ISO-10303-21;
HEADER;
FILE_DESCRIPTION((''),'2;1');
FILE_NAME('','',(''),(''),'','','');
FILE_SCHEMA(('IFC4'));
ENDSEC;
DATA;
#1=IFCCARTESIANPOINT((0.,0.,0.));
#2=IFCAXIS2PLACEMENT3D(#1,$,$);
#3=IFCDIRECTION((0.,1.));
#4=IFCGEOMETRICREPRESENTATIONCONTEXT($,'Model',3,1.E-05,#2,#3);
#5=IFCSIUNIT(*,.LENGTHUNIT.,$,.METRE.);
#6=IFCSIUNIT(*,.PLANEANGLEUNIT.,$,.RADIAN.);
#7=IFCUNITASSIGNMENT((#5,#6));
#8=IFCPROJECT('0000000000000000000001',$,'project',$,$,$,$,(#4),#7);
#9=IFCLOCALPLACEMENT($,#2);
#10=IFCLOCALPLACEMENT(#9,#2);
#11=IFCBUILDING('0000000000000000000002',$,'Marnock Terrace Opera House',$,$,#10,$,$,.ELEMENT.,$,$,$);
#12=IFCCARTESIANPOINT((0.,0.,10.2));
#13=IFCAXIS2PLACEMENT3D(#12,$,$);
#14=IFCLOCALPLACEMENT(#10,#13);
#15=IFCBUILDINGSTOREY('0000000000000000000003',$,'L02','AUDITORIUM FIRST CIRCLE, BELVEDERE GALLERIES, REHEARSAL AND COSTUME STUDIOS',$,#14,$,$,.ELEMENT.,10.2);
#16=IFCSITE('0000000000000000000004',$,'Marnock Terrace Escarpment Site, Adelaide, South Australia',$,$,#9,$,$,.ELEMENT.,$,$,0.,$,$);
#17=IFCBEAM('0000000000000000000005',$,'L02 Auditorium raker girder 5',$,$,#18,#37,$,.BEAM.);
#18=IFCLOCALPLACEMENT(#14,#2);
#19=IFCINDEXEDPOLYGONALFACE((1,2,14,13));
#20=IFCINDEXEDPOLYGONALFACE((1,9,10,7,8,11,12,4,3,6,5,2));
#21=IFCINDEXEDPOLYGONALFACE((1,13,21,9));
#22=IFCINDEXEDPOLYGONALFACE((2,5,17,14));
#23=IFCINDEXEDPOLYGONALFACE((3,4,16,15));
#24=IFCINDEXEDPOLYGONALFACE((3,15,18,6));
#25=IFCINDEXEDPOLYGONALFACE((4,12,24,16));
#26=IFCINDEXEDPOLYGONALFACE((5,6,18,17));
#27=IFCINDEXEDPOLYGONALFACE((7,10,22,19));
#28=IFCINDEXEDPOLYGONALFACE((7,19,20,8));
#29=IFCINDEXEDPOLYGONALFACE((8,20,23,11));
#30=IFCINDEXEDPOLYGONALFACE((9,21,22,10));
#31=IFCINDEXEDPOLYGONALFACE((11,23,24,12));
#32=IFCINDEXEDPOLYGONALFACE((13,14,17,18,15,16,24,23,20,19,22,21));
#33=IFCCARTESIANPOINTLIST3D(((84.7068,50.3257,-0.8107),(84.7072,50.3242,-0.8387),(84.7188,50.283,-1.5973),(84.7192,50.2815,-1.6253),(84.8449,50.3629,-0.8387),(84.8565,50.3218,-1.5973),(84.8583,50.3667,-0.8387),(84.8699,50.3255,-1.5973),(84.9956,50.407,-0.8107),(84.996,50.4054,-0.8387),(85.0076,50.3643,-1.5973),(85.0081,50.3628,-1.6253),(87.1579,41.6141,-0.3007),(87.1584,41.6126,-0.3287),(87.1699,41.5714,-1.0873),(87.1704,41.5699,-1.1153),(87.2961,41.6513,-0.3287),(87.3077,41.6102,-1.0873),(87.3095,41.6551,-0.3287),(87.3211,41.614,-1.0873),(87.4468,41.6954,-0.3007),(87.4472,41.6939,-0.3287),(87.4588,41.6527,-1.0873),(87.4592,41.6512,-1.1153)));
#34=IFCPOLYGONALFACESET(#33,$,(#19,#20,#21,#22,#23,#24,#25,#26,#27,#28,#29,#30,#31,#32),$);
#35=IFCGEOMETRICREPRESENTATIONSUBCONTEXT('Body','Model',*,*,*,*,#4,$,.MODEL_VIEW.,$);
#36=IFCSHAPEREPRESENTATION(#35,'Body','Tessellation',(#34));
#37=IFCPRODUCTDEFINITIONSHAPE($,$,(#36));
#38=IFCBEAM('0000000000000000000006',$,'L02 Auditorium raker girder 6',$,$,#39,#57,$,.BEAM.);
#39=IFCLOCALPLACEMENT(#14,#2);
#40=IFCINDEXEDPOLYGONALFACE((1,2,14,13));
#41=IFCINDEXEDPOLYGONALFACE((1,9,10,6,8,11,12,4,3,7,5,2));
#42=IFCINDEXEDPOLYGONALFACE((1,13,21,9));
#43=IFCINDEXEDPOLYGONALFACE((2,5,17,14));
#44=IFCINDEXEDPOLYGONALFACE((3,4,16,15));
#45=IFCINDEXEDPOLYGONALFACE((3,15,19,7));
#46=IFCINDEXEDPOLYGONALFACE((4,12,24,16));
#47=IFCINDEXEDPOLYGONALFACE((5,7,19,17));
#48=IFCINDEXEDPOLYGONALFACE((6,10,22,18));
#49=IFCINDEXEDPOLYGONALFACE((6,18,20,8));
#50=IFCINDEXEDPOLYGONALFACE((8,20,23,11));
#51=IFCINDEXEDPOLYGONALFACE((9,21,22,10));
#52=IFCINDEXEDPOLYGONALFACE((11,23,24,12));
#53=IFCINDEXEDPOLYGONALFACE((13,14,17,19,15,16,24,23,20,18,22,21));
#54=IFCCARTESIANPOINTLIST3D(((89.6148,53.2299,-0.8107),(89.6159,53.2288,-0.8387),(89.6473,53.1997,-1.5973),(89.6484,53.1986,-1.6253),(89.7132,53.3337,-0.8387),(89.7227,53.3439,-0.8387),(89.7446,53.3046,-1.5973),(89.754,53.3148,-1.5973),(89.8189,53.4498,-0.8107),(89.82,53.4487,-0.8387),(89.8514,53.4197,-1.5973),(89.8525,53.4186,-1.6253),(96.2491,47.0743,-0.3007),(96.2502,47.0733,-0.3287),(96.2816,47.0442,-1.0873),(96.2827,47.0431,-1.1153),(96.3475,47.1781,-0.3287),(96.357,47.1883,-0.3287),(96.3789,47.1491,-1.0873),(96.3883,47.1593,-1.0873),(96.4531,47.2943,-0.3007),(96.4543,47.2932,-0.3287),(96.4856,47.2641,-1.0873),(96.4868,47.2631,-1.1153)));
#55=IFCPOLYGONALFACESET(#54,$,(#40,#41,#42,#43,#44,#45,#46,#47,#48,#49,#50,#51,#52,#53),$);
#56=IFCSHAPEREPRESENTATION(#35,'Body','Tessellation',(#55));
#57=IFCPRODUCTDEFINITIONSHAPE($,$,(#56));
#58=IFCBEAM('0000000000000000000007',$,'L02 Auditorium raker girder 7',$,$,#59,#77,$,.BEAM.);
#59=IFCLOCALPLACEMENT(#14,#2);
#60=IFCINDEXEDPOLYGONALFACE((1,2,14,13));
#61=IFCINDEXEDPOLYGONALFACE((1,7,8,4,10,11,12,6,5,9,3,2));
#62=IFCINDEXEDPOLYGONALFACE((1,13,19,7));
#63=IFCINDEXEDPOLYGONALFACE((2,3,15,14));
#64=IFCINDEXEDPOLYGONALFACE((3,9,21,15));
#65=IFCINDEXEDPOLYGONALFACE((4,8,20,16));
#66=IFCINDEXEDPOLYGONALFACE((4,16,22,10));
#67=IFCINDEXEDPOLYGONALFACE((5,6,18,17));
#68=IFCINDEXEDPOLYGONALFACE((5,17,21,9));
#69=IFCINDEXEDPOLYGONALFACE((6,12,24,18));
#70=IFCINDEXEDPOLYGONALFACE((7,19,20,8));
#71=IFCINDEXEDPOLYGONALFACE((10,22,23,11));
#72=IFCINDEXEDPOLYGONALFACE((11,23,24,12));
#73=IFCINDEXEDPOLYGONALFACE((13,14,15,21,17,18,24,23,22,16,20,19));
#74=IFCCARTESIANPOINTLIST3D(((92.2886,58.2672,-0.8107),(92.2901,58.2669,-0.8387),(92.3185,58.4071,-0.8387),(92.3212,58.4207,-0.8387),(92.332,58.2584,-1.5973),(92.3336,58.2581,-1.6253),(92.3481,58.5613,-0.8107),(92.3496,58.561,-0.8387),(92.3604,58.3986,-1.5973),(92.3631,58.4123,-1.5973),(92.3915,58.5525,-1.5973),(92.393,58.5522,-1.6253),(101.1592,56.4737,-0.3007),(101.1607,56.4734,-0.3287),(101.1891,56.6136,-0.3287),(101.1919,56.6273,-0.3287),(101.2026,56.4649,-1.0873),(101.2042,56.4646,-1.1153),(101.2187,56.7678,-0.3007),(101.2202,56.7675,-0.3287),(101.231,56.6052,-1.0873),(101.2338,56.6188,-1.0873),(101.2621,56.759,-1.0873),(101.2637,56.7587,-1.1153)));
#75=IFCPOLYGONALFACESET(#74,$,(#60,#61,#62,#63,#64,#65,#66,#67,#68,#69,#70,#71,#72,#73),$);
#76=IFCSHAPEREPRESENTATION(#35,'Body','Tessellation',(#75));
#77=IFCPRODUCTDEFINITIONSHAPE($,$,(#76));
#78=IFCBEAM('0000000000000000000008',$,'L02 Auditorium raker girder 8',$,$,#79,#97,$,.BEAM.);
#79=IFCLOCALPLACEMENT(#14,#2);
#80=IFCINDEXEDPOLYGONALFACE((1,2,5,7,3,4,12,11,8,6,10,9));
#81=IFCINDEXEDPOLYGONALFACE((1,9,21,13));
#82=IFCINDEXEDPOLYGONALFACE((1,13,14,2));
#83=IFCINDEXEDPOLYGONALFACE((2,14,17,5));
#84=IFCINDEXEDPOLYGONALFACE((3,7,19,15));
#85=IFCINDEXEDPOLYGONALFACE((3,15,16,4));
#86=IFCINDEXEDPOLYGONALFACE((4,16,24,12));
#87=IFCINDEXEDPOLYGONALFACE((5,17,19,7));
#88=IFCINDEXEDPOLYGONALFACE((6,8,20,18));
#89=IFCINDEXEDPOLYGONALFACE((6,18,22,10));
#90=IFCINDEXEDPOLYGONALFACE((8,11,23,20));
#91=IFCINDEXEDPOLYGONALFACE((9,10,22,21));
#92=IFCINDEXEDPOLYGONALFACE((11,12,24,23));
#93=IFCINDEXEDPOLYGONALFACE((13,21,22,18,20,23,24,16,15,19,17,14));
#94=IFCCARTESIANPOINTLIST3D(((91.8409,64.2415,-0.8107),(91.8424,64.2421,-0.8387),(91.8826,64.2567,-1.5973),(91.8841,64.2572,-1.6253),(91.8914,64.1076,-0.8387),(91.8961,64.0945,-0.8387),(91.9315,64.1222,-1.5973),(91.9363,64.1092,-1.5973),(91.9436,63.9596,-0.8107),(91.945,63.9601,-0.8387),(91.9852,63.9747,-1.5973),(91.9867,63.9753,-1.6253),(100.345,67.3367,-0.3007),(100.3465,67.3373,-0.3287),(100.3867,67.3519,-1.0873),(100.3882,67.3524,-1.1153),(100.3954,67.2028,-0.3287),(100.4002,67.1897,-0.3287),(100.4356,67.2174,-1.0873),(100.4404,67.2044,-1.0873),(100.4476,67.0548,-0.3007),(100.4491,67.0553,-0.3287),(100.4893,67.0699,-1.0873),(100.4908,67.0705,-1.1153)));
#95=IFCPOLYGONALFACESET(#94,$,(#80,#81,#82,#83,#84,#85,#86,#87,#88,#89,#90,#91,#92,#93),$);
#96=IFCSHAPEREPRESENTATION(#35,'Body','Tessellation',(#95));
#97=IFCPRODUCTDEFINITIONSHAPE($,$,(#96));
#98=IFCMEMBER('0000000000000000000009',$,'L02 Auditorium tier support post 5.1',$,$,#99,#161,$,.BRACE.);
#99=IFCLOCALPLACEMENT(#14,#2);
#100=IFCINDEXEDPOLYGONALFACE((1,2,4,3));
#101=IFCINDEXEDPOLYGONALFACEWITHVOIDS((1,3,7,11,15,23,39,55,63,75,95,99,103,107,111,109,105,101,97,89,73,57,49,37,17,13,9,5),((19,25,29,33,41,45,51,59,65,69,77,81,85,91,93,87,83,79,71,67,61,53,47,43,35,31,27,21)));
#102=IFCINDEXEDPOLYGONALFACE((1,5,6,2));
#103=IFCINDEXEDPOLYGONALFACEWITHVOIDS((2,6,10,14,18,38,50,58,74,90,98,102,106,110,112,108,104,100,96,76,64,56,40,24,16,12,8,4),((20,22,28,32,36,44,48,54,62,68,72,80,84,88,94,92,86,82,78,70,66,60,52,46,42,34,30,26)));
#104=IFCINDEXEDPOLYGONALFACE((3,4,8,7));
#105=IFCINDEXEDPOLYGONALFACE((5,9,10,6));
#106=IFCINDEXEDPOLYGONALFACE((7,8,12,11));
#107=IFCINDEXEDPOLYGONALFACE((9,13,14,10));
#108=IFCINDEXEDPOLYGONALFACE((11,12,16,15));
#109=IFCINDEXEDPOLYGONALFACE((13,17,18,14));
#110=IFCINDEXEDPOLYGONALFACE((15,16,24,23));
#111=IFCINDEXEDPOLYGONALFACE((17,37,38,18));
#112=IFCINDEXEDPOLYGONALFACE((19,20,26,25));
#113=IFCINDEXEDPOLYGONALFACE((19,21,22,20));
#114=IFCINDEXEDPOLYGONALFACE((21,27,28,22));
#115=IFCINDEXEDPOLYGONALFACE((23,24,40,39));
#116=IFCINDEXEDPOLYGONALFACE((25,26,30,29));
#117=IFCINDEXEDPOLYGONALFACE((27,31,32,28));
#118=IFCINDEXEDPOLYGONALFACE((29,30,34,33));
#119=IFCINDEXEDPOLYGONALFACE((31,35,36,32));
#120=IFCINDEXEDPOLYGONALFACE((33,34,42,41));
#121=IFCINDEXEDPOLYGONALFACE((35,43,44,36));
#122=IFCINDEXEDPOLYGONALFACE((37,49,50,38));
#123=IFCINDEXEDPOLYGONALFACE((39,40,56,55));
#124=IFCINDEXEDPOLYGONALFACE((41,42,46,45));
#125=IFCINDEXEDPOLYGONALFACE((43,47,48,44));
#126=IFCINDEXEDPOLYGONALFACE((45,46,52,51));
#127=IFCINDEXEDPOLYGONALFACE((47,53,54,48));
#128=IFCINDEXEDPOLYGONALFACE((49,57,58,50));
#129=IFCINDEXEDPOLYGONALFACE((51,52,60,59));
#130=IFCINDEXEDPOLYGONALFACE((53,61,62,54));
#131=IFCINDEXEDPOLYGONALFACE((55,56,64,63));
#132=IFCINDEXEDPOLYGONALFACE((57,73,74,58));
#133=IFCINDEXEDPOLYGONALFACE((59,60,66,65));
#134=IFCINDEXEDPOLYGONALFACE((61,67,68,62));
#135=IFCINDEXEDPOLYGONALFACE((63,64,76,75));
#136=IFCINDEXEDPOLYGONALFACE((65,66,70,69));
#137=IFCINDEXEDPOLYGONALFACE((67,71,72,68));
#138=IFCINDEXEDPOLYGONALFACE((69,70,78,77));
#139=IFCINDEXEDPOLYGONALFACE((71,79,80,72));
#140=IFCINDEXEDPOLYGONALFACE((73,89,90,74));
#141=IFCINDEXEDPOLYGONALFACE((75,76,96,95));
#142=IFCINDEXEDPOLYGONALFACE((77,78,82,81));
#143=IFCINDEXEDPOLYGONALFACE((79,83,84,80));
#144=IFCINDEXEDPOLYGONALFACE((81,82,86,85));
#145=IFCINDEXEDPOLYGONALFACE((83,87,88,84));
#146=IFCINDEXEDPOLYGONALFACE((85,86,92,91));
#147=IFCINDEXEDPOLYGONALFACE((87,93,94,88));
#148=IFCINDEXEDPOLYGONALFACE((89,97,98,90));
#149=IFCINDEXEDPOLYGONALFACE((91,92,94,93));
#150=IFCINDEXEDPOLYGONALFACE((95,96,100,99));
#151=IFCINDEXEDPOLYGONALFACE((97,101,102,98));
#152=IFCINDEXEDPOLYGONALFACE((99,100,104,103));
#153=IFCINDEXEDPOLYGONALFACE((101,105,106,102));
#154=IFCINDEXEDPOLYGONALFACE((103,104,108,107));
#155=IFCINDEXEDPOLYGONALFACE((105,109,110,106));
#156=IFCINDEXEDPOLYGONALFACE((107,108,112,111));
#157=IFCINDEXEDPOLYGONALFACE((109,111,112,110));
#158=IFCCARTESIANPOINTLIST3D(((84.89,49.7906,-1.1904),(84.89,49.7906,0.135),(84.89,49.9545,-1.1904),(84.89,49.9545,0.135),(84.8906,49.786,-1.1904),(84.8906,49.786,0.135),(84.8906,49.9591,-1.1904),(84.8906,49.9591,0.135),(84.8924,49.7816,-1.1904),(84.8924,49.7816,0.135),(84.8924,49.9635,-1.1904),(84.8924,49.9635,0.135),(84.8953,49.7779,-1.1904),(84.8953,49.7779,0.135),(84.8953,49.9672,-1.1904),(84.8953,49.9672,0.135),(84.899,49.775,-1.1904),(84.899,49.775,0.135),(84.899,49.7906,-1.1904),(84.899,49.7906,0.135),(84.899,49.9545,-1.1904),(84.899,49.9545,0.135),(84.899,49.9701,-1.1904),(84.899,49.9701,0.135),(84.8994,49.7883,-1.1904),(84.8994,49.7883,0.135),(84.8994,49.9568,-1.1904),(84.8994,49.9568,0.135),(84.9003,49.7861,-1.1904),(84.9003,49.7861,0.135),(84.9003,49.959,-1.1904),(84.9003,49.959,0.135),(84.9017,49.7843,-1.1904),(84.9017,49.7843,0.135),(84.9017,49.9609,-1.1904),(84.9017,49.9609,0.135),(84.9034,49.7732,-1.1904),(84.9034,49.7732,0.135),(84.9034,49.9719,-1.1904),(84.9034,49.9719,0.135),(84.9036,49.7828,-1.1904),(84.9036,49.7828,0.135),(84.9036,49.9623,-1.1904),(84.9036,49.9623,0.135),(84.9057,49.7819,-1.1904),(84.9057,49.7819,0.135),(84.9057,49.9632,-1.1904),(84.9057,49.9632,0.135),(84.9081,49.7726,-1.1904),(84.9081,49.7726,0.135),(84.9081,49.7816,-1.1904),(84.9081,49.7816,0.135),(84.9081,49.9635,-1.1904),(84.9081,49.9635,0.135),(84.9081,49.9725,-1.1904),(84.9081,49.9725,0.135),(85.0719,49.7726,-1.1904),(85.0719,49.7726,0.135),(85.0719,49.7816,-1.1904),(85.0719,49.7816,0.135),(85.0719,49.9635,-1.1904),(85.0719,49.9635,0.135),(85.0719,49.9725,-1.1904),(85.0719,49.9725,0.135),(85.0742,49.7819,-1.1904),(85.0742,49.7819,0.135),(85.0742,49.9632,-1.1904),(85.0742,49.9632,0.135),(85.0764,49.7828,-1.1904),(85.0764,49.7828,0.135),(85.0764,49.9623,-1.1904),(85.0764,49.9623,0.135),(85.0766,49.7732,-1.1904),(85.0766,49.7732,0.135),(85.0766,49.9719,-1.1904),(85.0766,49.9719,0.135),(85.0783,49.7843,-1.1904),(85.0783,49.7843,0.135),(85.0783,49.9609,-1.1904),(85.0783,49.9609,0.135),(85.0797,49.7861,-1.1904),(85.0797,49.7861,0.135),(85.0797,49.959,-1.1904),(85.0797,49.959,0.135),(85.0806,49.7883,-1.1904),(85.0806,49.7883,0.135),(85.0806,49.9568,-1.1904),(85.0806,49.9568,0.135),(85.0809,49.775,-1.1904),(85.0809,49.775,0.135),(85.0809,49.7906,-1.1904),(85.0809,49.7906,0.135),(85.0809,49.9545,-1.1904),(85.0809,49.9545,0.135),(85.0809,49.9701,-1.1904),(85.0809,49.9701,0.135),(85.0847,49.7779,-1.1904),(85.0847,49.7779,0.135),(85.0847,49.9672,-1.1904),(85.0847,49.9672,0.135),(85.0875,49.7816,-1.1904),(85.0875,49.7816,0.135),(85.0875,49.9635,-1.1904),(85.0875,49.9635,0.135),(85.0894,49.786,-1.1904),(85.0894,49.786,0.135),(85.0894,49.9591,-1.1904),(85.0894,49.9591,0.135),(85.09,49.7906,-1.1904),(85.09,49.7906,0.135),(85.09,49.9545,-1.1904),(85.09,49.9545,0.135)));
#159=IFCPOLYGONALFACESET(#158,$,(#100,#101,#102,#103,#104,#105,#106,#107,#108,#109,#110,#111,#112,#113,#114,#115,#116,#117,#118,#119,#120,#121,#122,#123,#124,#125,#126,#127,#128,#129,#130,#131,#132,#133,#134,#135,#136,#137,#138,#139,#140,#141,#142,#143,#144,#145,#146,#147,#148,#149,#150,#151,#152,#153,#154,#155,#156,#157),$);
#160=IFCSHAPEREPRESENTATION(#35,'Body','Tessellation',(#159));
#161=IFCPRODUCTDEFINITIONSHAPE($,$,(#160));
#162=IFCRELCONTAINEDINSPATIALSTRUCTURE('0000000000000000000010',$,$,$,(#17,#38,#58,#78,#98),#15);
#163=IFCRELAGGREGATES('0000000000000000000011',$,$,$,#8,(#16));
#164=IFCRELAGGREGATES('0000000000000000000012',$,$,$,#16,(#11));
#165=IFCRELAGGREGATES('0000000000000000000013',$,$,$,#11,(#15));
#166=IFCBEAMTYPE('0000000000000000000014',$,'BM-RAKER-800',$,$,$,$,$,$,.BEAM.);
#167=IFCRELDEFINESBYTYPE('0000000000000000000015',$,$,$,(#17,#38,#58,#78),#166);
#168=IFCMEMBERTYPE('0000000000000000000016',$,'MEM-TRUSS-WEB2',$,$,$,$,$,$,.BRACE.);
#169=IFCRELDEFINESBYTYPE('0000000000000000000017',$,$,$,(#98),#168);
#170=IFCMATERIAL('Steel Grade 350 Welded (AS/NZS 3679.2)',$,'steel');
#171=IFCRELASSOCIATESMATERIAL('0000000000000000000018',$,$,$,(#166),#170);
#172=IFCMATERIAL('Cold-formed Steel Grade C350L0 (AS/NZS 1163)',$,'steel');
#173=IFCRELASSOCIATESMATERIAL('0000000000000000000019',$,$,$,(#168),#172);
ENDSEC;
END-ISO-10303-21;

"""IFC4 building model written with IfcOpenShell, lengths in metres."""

from ifc_helpers import new_model, si_unit, direction, frame, origin, origin_2d, place, context, subcontext, project, spatial, hollow_rectangle, i_section, extrude, material, material_profile, profile_set, type_object, element, save


model = new_model("IFC4")

# Units and contexts
model_context = context("Model", 3, precision=1e-05, world=origin(), true_north=direction((0.0, 1.0)))
body_context = subcontext(model_context, "Body", "Model", "MODEL_VIEW")
ifc_project = project(units=[si_unit("LENGTHUNIT", "METRE"), si_unit("PLANEANGLEUNIT", "RADIAN")], contexts=[model_context])

# Site, building, storey
site_placement = place(None, origin())
site = spatial("IfcSite", under=ifc_project, at=site_placement, Name="Marnock Terrace Escarpment Site, Adelaide, South Australia", CompositionType="ELEMENT", RefElevation=0.0)
building_placement = place(site_placement, origin())
building = spatial("IfcBuilding", under=site, at=building_placement, Name="Marnock Terrace Opera House", CompositionType="ELEMENT")
storey_placement = place(building_placement, frame((0.0, 0.0, 10.2)))
storey = spatial("IfcBuildingStorey", under=building, at=storey_placement, Name="L02", Description="AUDITORIUM FIRST CIRCLE, BELVEDERE GALLERIES, REHEARSAL AND COSTUME STUDIOS", CompositionType="ELEMENT", Elevation=10.2)

# Beams
ifc_material_1 = material(Name="Steel Grade 350 Welded (AS/NZS 3679.2)", Category="steel")
ifc_material_profile_1 = material_profile(ifc_material_1, i_section(OverallWidth=0.3, OverallDepth=0.8159, WebThickness=0.0139, FlangeThickness=0.0281, at=origin_2d()))
ifc_profile_set_1 = profile_set([ifc_material_profile_1], Name="Steel Grade 350 Welded (AS/NZS 3679.2)")
beam_type_1 = type_object("IfcBeamType", Name="BM-RAKER-800", PredefinedType="BEAM", material=ifc_profile_set_1)
beam_1_placement = place(storey_placement, frame((84.8574, 50.3442, -1.218), z_axis=(0.27042, -0.961097, 0.056266), x_axis=(0.962622, 0.270849, 0.0)))
element("IfcBeam", 1, at=beam_1_placement, inside=storey, type_object=beam_type_1, Name="L02 Auditorium raker girder 5", PredefinedType="BEAM", context=body_context, shape_type="SweptSolid", body=[
    extrude(i_section(OverallWidth=0.3, OverallDepth=0.8159, WebThickness=0.0139, FlangeThickness=0.0281, at=origin_2d()), origin(), (0.0, 0.0, 1.0), 9.0642),
])
for number, where, z_axis, x_axis, name in (
    (2, (89.7336, 53.3242, -1.218), (0.731901, -0.679084, 0.056265), (0.680161, 0.733062, 0.0), "L02 Auditorium raker girder 6"),
    (3, (92.3408, 58.4097, -1.218), (0.978615, -0.197856, 0.056265), (0.19817, 0.980168, 0.0), "L02 Auditorium raker girder 7"),
):
    element("IfcBeam", number, at=place(storey_placement, frame(where, z_axis=z_axis, x_axis=x_axis)), inside=storey, type_object=beam_type_1, Name=name, PredefinedType="BEAM", context=body_context, shape_type="SweptSolid", body=[
        extrude(i_section(OverallWidth=0.3, OverallDepth=0.8159, WebThickness=0.0139, FlangeThickness=0.0281, at=origin_2d()), origin(), (0.0, 0.0, 1.0), 9.0645),
    ])
beam_2_placement = place(storey_placement, frame((91.9138, 64.1084, -1.218), z_axis=(0.938205, 0.341474, 0.056266), x_axis=(-0.342016, 0.939694, 0.0)))
element("IfcBeam", 4, at=beam_2_placement, inside=storey, type_object=beam_type_1, Name="L02 Auditorium raker girder 8", PredefinedType="BEAM", context=body_context, shape_type="SweptSolid", body=[
    extrude(i_section(OverallWidth=0.3, OverallDepth=0.8159, WebThickness=0.0139, FlangeThickness=0.0281, at=origin_2d()), origin(), (0.0, 0.0, 1.0), 9.0642),
])

# Member
ifc_material_2 = material(Name="Cold-formed Steel Grade C350L0 (AS/NZS 1163)", Category="steel")
ifc_material_profile_2 = material_profile(ifc_material_2, hollow_rectangle(XDim=0.2, YDim=0.2, WallThickness=0.009, InnerFilletRadius=0.009, OuterFilletRadius=0.0181, at=origin_2d()))
ifc_profile_set_2 = profile_set([ifc_material_profile_2], Name="Cold-formed Steel Grade C350L0 (AS/NZS 1163)")
member_type = type_object("IfcMemberType", Name="MEM-TRUSS-WEB2", PredefinedType="BRACE", material=ifc_profile_set_2)
member_1_placement = place(storey_placement, frame((84.99, 49.8726, -1.1904), z_axis=(0.0, 0.0, 1.0), x_axis=(1.0, 0.0, 0.0)))
element("IfcMember", 5, at=member_1_placement, inside=storey, type_object=member_type, Name="L02 Auditorium tier support post 5.1", PredefinedType="BRACE", context=body_context, shape_type="SweptSolid", body=[
    extrude(hollow_rectangle(XDim=0.2, YDim=0.2, WallThickness=0.009, InnerFilletRadius=0.009, OuterFilletRadius=0.0181, at=origin_2d()), origin(), (0.0, 0.0, 1.0), 1.3254),
])

save(model, "model.ifc")
